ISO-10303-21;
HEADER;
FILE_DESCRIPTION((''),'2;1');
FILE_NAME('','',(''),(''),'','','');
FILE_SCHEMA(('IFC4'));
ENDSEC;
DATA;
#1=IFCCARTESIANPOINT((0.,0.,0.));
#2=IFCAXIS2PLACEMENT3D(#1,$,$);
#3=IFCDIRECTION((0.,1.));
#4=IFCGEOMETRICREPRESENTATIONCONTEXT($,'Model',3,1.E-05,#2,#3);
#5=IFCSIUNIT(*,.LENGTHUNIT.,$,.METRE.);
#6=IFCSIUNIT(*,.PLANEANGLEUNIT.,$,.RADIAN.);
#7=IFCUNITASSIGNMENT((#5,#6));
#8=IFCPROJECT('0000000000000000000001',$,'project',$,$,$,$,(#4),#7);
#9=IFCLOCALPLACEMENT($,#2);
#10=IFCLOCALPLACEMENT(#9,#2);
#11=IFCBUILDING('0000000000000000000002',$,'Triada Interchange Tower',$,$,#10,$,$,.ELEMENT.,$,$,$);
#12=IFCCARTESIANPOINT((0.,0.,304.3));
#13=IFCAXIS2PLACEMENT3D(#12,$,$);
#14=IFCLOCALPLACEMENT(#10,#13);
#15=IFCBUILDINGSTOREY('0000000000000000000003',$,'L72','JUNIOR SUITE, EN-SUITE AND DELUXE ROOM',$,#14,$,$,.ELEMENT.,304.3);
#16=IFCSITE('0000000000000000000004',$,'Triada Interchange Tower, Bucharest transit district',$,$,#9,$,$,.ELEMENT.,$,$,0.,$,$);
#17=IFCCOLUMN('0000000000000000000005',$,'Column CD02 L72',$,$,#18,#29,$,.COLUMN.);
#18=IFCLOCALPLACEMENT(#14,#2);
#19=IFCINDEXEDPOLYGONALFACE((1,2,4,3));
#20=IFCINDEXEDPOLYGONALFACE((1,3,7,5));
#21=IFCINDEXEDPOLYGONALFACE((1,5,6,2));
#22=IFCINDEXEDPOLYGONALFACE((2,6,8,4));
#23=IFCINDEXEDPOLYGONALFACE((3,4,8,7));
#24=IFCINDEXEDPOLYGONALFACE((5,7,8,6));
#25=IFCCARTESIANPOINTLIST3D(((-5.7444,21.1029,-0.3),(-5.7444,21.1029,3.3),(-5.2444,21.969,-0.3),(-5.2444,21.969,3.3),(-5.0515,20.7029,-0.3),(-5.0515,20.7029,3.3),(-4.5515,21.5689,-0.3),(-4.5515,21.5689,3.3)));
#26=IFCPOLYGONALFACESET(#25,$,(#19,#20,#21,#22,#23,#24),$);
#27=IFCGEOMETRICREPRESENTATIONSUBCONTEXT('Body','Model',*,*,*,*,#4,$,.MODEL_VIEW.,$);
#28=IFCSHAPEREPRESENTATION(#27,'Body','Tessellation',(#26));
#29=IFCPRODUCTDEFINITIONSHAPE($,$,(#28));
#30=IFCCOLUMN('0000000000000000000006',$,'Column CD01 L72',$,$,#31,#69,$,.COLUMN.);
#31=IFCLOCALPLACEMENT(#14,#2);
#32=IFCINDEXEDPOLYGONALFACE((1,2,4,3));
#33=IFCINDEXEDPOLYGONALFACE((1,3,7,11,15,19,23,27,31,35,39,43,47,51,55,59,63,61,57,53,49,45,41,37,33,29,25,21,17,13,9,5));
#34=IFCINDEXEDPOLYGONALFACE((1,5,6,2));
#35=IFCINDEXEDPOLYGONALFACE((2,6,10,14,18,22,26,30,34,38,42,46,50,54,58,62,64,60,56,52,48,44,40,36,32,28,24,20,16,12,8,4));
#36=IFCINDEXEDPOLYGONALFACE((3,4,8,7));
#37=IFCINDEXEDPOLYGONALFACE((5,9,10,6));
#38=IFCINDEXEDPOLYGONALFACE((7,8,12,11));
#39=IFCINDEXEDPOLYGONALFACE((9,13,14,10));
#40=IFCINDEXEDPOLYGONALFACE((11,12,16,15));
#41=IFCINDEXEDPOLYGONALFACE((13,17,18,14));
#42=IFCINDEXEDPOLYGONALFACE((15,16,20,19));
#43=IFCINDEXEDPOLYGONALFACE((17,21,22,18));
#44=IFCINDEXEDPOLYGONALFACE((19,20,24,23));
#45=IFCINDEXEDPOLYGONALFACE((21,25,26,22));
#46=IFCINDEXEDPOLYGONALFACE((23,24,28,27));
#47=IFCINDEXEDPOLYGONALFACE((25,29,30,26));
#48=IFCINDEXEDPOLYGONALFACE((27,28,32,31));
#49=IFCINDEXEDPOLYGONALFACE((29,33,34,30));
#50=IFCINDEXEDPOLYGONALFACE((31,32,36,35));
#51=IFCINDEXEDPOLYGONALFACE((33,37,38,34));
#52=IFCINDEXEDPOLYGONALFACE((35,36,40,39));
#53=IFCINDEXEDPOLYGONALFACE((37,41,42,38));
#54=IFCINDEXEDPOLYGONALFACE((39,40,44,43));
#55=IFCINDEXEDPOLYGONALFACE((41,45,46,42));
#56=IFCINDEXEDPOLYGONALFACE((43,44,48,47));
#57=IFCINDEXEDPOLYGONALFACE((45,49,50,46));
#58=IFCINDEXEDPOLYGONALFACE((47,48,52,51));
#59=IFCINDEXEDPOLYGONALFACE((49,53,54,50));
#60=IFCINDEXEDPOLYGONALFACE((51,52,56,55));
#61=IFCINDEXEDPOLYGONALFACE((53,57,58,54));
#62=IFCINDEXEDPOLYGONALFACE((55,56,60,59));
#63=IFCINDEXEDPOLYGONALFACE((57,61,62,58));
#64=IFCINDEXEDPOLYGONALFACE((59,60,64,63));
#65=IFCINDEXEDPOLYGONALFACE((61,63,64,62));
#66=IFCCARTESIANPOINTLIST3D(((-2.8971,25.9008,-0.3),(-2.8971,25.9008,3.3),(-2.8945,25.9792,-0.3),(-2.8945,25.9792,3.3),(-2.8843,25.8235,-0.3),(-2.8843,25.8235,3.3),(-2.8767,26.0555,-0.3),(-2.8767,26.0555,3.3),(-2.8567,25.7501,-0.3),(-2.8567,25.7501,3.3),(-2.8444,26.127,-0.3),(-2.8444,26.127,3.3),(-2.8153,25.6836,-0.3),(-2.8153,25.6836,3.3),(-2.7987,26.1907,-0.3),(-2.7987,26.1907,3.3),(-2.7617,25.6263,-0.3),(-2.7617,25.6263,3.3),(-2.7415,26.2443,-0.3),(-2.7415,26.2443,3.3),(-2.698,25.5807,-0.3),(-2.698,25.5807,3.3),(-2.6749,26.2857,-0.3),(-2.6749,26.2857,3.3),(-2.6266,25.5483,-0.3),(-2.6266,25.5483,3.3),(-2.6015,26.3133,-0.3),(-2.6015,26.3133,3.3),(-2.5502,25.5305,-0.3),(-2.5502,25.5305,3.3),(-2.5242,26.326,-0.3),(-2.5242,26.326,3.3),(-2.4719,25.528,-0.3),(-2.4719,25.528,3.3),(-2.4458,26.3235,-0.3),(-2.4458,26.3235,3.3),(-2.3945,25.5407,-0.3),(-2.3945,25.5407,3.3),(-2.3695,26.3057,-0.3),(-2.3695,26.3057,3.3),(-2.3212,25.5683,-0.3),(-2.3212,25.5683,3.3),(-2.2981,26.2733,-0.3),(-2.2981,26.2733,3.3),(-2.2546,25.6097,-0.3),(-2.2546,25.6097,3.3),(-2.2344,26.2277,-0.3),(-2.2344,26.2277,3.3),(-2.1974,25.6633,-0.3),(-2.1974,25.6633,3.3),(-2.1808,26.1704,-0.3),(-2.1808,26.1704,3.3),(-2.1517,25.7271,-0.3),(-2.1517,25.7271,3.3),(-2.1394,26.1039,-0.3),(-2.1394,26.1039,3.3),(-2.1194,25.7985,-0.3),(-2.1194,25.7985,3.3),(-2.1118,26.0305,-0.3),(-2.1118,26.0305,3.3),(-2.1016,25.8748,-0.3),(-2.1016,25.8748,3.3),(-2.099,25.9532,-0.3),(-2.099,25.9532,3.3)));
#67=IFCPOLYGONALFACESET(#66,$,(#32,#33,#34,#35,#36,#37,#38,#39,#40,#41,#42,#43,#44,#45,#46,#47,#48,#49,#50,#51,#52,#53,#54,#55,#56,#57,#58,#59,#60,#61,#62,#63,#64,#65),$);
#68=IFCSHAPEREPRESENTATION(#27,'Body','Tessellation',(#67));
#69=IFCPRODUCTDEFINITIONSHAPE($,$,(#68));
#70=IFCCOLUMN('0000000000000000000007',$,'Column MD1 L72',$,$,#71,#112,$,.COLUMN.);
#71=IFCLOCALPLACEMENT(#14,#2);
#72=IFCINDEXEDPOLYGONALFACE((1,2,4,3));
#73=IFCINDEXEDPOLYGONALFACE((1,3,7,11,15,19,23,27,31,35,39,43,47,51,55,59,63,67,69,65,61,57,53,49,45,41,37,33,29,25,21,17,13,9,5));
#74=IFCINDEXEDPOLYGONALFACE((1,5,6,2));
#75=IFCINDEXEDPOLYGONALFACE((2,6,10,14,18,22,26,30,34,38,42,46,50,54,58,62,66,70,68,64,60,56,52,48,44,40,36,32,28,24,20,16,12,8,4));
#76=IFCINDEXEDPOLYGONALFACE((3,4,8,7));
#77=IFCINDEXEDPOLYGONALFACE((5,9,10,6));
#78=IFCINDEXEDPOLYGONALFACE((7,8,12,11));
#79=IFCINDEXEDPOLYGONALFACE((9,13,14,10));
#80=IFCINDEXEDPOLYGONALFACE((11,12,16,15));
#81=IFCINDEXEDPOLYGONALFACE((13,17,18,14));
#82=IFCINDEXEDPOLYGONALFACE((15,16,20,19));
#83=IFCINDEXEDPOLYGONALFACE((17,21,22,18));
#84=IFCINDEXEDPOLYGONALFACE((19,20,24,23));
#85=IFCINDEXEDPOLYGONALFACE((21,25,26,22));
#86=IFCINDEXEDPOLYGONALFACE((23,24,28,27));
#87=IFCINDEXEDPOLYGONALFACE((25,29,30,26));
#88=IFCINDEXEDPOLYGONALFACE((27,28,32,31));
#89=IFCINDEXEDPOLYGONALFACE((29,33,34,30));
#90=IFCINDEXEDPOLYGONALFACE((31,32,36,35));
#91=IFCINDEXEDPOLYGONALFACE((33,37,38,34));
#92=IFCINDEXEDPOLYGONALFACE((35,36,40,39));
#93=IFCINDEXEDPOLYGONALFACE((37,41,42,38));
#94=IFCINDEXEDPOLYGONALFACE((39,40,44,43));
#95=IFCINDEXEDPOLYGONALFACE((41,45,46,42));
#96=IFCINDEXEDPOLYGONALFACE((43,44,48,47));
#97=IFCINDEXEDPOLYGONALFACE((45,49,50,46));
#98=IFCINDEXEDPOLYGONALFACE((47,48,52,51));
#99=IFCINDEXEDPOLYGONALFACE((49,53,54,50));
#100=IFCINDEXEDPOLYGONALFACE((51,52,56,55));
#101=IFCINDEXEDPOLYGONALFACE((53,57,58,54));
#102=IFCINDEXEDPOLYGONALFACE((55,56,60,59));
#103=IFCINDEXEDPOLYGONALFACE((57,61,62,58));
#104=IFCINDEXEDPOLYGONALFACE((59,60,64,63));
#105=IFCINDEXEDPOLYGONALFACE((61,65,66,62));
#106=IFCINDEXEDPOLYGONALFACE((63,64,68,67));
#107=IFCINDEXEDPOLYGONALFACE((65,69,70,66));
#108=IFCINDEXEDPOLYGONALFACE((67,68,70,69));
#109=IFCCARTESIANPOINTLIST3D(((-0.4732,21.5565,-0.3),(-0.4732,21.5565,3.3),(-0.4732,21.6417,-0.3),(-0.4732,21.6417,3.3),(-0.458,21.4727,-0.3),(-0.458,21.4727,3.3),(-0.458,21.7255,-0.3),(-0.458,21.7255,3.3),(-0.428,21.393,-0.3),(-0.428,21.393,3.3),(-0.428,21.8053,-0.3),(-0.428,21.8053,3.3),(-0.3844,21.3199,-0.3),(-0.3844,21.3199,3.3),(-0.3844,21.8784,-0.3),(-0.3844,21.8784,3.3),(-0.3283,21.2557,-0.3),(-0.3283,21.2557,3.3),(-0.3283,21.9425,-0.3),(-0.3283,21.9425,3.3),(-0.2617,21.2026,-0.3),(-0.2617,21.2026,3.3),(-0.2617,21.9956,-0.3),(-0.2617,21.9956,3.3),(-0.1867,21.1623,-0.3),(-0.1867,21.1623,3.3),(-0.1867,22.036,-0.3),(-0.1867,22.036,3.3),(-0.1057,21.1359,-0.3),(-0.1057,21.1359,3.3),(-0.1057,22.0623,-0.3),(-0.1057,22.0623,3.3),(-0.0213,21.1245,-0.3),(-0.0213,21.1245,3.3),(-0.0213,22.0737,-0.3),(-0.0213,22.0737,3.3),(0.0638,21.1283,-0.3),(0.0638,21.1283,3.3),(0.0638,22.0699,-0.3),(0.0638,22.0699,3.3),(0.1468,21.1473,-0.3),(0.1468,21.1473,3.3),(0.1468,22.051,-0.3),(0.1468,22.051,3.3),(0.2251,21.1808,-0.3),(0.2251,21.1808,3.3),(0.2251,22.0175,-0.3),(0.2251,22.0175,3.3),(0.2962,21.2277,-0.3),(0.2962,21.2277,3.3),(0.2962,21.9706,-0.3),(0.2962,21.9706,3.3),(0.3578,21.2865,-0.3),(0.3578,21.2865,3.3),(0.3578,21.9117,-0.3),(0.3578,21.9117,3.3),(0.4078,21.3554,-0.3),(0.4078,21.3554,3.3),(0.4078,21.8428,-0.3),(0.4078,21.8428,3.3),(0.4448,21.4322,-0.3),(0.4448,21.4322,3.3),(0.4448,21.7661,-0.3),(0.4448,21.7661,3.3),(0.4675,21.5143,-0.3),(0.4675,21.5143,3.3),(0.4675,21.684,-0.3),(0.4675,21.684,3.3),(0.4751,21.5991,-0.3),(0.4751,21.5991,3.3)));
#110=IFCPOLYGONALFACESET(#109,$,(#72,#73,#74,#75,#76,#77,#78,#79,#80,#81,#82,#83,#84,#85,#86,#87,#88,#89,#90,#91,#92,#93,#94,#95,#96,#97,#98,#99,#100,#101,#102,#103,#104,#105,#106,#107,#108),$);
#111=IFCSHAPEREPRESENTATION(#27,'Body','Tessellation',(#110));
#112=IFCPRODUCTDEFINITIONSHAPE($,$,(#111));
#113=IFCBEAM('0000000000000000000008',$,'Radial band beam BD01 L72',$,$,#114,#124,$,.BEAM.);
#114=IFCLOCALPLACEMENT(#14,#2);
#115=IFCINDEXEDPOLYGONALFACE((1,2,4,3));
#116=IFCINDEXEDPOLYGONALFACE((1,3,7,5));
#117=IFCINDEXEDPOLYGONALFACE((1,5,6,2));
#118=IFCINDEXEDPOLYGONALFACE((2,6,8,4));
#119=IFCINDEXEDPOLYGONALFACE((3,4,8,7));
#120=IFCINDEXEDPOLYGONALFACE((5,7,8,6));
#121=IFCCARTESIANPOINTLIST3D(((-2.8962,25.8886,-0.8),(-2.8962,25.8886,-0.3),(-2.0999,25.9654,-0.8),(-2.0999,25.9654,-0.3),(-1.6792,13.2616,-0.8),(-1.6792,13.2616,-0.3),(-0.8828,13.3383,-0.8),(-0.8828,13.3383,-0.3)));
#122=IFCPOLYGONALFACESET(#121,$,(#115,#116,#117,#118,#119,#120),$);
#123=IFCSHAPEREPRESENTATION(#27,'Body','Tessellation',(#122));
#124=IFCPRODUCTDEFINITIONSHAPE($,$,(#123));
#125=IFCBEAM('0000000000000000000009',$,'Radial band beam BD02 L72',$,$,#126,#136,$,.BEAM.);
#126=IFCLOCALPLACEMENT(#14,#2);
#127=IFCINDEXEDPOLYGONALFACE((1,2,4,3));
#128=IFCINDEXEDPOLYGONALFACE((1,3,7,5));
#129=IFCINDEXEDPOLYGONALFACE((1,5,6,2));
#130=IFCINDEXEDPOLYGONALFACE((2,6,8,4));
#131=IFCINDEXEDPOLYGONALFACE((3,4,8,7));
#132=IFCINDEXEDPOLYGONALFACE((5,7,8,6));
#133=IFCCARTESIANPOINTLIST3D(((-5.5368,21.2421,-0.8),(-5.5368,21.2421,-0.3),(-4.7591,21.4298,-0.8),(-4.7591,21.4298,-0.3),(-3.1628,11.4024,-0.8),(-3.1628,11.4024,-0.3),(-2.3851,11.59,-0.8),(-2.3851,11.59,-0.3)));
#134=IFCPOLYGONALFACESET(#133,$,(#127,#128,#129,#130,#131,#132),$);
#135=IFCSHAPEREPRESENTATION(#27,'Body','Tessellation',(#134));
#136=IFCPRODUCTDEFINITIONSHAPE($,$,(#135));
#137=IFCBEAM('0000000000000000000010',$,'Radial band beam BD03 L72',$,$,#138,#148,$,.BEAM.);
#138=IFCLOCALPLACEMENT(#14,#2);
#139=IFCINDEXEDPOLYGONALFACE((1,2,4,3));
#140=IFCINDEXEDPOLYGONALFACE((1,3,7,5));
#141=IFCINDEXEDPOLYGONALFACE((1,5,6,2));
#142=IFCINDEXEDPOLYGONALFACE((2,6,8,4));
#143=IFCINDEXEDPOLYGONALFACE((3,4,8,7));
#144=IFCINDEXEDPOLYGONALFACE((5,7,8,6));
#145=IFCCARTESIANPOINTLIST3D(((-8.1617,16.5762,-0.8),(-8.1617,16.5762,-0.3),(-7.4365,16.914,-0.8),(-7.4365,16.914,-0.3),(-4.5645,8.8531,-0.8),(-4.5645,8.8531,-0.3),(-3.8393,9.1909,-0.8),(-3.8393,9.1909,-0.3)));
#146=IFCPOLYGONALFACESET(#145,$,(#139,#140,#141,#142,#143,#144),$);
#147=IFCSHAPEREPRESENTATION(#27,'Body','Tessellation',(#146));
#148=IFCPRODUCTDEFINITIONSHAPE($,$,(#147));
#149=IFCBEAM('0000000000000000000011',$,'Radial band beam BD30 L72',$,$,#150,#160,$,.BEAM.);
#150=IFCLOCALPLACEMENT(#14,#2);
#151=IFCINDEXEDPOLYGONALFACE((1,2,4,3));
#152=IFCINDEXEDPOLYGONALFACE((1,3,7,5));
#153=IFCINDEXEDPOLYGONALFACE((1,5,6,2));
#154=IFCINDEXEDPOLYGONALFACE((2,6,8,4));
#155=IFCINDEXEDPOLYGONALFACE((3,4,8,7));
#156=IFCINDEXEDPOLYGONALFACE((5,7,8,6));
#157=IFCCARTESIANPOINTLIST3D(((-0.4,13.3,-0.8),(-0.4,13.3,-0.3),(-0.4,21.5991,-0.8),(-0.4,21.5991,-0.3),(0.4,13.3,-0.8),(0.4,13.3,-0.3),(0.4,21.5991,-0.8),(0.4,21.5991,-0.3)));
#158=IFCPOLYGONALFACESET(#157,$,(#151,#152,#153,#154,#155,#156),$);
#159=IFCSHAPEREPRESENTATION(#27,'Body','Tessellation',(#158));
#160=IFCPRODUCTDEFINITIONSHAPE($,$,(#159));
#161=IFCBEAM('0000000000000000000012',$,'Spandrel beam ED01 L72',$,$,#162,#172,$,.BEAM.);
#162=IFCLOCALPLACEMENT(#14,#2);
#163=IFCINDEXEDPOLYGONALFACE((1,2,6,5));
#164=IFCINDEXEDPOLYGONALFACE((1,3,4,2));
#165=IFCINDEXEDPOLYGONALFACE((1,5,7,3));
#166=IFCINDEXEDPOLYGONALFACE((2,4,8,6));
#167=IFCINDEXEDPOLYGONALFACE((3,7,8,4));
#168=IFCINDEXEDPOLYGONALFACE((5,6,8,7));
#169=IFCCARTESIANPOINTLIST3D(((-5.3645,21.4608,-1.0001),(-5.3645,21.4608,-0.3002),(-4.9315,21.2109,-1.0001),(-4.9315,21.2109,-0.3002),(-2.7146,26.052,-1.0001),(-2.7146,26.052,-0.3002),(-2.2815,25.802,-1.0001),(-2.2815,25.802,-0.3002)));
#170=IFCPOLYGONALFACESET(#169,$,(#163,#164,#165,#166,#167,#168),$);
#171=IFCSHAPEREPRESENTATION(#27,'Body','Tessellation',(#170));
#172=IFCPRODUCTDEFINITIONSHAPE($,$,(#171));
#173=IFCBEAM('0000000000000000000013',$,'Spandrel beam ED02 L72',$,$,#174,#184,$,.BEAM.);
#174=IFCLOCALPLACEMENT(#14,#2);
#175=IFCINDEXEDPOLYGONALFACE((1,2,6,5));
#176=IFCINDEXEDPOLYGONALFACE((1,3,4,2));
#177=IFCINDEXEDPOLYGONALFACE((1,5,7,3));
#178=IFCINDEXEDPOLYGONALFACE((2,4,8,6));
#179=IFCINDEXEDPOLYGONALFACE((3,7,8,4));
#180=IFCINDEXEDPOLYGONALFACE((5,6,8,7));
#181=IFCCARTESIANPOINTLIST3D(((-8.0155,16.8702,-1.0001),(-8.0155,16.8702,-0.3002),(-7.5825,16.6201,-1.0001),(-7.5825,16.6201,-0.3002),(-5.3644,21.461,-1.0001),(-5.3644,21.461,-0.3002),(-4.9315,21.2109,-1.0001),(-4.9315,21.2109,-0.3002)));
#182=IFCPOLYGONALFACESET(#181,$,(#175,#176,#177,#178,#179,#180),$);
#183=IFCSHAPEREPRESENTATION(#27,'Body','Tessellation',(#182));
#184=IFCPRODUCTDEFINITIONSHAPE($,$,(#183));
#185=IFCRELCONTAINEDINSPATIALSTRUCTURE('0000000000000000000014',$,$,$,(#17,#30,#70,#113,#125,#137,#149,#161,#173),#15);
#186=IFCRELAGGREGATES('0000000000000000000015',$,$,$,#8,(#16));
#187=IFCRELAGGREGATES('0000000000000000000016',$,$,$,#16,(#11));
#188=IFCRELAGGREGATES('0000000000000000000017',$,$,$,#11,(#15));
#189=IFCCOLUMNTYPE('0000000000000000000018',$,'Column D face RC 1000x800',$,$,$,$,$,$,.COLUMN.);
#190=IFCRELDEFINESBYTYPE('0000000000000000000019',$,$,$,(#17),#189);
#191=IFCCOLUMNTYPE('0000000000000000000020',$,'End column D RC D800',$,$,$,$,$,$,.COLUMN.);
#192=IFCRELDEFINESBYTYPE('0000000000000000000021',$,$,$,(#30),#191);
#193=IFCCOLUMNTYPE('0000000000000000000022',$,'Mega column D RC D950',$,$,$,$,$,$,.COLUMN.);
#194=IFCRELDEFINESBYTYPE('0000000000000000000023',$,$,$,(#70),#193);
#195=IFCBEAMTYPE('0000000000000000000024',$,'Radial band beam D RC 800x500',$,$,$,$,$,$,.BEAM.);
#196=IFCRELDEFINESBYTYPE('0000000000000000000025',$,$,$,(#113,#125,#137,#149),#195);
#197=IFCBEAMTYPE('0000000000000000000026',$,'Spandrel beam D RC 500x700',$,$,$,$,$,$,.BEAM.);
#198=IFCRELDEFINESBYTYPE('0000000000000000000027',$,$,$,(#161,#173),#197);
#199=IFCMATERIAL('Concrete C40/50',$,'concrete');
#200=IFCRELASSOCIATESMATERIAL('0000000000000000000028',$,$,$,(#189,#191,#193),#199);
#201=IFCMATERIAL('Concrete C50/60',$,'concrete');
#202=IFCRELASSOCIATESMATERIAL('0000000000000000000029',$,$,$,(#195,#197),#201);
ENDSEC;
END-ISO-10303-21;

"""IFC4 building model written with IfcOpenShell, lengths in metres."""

from ifc_helpers import new_model, si_unit, direction, frame, origin, origin_2d, place, context, subcontext, project, spatial, rectangle, circle, extrude, material, material_profile, profile_set, type_object, element, save


model = new_model("IFC4")

# Units and contexts
model_context = context("Model", 3, precision=1e-05, world=origin(), true_north=direction((0.0, 1.0)))
body_context = subcontext(model_context, "Body", "Model", "MODEL_VIEW")
ifc_project = project(units=[si_unit("LENGTHUNIT", "METRE"), si_unit("PLANEANGLEUNIT", "RADIAN")], contexts=[model_context])

# Site, building, storey
site_placement = place(None, origin())
site = spatial("IfcSite", under=ifc_project, at=site_placement, Name="Triada Interchange Tower, Bucharest transit district", CompositionType="ELEMENT", RefElevation=0.0)
building_placement = place(site_placement, origin())
building = spatial("IfcBuilding", under=site, at=building_placement, Name="Triada Interchange Tower", CompositionType="ELEMENT")
storey_placement = place(building_placement, frame((0.0, 0.0, 304.3)))
storey = spatial("IfcBuildingStorey", under=building, at=storey_placement, Name="L72", Description="JUNIOR SUITE, EN-SUITE AND DELUXE ROOM", CompositionType="ELEMENT", Elevation=304.3)

# Columns
ifc_material_1 = material(Name="Concrete C40/50", Category="concrete")
ifc_material_profile_1 = material_profile(ifc_material_1, rectangle(XDim=1.0, YDim=0.8, at=origin_2d()), Name="RC 1000x800")
ifc_profile_set_1 = profile_set([ifc_material_profile_1], Name="Concrete C40/50")
column_type_1 = type_object("IfcColumnType", Name="Column D face RC 1000x800", PredefinedType="COLUMN", material=ifc_profile_set_1)
column_1_placement = place(storey_placement, frame((-5.1479, 21.3359, -0.3), z_axis=(0.0, 0.0, 1.0), x_axis=(0.5, 0.866025, 0.0)))
element("IfcColumn", 1, at=column_1_placement, inside=storey, type_object=column_type_1, Name="Column CD02 L72", PredefinedType="COLUMN", context=body_context, shape_type="SweptSolid", body=[
    extrude(rectangle(XDim=1.0, YDim=0.8, at=origin_2d()), origin(), (0.0, 0.0, 1.0), 3.6001),
])
ifc_material_profile_2 = material_profile(ifc_material_1, circle(Radius=0.3999, at=origin_2d()), Name="RC D800")
ifc_profile_set_2 = profile_set([ifc_material_profile_2], Name="Concrete C40/50")
column_type_2 = type_object("IfcColumnType", Name="End column D RC D800", PredefinedType="COLUMN", material=ifc_profile_set_2)
column_2_placement = place(storey_placement, frame((-2.498, 25.927, -0.3), z_axis=(0.0, 0.0, 1.0), x_axis=(0.5, 0.866025, 0.0)))
element("IfcColumn", 2, at=column_2_placement, inside=storey, type_object=column_type_2, Name="Column CD01 L72", PredefinedType="COLUMN", context=body_context, shape_type="SweptSolid", body=[
    extrude(circle(Radius=0.3999, at=origin_2d()), origin(), (0.0, 0.0, 1.0), 3.6001),
])
ifc_material_profile_3 = material_profile(ifc_material_1, circle(Radius=0.4751, at=origin_2d()), Name="RC D950")
ifc_profile_set_3 = profile_set([ifc_material_profile_3], Name="Concrete C40/50")
column_type_3 = type_object("IfcColumnType", Name="Mega column D RC D950", PredefinedType="COLUMN", material=ifc_profile_set_3)
column_3_placement = place(storey_placement, frame((0.0, 21.5991, -0.3), z_axis=(0.0, 0.0, 1.0), x_axis=(1.0, 0.0, 0.0)))
element("IfcColumn", 3, at=column_3_placement, inside=storey, type_object=column_type_3, Name="Column MD1 L72", PredefinedType="COLUMN", context=body_context, shape_type="SweptSolid", body=[
    extrude(circle(Radius=0.4751, at=origin_2d()), origin(), (0.0, 0.0, 1.0), 3.6001),
])

# Beams
ifc_material_2 = material(Name="Concrete C50/60", Category="concrete")
ifc_material_profile_4 = material_profile(ifc_material_2, rectangle(XDim=0.8, YDim=0.5, at=origin_2d()), Name="RC 800x500")
ifc_profile_set_4 = profile_set([ifc_material_profile_4], Name="Concrete C50/60")
beam_type_1 = type_object("IfcBeamType", Name="Radial band beam D RC 800x500", PredefinedType="BEAM", material=ifc_profile_set_4)
beam_1_placement = place(storey_placement, frame((-2.498, 25.927, -0.55), z_axis=(0.09594, -0.995387, 0.0), x_axis=(0.995387, 0.09594, 0.0)))
element("IfcBeam", 4, at=beam_1_placement, inside=storey, type_object=beam_type_1, Name="Radial band beam BD01 L72", PredefinedType="BEAM", context=body_context, shape_type="SweptSolid", body=[
    extrude(rectangle(XDim=0.8, YDim=0.5, at=origin_2d()), origin(), (0.0, 0.0, 1.0), 12.6855),
])
beam_2_placement = place(storey_placement, frame((-5.1479, 21.3359, -0.55), z_axis=(0.234537, -0.972107, 0.0), x_axis=(0.972107, 0.234537, 0.0)))
element("IfcBeam", 5, at=beam_2_placement, inside=storey, type_object=beam_type_1, Name="Radial band beam BD02 L72", PredefinedType="BEAM", context=body_context, shape_type="SweptSolid", body=[
    extrude(rectangle(XDim=0.8, YDim=0.5, at=origin_2d()), origin(), (0.0, 0.0, 1.0), 10.1221),
])
beam_3_placement = place(storey_placement, frame((-7.7991, 16.7451, -0.55), z_axis=(0.422214, -0.906496, 0.0), x_axis=(0.906496, 0.422214, 0.0)))
element("IfcBeam", 6, at=beam_3_placement, inside=storey, type_object=beam_type_1, Name="Radial band beam BD03 L72", PredefinedType="BEAM", context=body_context, shape_type="SweptSolid", body=[
    extrude(rectangle(XDim=0.8, YDim=0.5, at=origin_2d()), origin(), (0.0, 0.0, 1.0), 8.5198),
])
beam_4_placement = place(storey_placement, frame((0.0, 21.5991, -0.55), z_axis=(0.0, -1.0, 0.0), x_axis=(1.0, 0.0, 0.0)))
element("IfcBeam", 7, at=beam_4_placement, inside=storey, type_object=beam_type_1, Name="Radial band beam BD30 L72", PredefinedType="BEAM", context=body_context, shape_type="SweptSolid", body=[
    extrude(rectangle(XDim=0.8, YDim=0.5, at=origin_2d()), origin(), (0.0, 0.0, 1.0), 8.2991),
])
ifc_material_profile_5 = material_profile(ifc_material_2, rectangle(XDim=0.5, YDim=0.7, at=origin_2d()), Name="RC 500x700")
ifc_profile_set_5 = profile_set([ifc_material_profile_5], Name="Concrete C50/60")
beam_type_2 = type_object("IfcBeamType", Name="Spandrel beam D RC 500x700", PredefinedType="BEAM", material=ifc_profile_set_5)
beam_5_placement = place(storey_placement, frame((-2.498, 25.927, -0.6501), z_axis=(-0.499894, -0.866087, 0.0), x_axis=(0.866087, -0.499894, 0.0)))
element("IfcBeam", 8, at=beam_5_placement, inside=storey, type_object=beam_type_2, Name="Spandrel beam ED01 L72", PredefinedType="BEAM", context=body_context, shape_type="SweptSolid", body=[
    extrude(rectangle(XDim=0.5, YDim=0.7, at=origin_2d()), origin(), (0.0, 0.0, 1.0), 5.301),
])
beam_6_placement = place(storey_placement, frame((-5.1479, 21.3359, -0.6501), z_axis=(-0.500087, -0.865975, 0.0), x_axis=(0.865975, -0.500087, 0.0)))
element("IfcBeam", 9, at=beam_6_placement, inside=storey, type_object=beam_type_2, Name="Spandrel beam ED02 L72", PredefinedType="BEAM", context=body_context, shape_type="SweptSolid", body=[
    extrude(rectangle(XDim=0.5, YDim=0.7, at=origin_2d()), origin(), (0.0, 0.0, 1.0), 5.3013),
])

save(model, "model.ifc")
